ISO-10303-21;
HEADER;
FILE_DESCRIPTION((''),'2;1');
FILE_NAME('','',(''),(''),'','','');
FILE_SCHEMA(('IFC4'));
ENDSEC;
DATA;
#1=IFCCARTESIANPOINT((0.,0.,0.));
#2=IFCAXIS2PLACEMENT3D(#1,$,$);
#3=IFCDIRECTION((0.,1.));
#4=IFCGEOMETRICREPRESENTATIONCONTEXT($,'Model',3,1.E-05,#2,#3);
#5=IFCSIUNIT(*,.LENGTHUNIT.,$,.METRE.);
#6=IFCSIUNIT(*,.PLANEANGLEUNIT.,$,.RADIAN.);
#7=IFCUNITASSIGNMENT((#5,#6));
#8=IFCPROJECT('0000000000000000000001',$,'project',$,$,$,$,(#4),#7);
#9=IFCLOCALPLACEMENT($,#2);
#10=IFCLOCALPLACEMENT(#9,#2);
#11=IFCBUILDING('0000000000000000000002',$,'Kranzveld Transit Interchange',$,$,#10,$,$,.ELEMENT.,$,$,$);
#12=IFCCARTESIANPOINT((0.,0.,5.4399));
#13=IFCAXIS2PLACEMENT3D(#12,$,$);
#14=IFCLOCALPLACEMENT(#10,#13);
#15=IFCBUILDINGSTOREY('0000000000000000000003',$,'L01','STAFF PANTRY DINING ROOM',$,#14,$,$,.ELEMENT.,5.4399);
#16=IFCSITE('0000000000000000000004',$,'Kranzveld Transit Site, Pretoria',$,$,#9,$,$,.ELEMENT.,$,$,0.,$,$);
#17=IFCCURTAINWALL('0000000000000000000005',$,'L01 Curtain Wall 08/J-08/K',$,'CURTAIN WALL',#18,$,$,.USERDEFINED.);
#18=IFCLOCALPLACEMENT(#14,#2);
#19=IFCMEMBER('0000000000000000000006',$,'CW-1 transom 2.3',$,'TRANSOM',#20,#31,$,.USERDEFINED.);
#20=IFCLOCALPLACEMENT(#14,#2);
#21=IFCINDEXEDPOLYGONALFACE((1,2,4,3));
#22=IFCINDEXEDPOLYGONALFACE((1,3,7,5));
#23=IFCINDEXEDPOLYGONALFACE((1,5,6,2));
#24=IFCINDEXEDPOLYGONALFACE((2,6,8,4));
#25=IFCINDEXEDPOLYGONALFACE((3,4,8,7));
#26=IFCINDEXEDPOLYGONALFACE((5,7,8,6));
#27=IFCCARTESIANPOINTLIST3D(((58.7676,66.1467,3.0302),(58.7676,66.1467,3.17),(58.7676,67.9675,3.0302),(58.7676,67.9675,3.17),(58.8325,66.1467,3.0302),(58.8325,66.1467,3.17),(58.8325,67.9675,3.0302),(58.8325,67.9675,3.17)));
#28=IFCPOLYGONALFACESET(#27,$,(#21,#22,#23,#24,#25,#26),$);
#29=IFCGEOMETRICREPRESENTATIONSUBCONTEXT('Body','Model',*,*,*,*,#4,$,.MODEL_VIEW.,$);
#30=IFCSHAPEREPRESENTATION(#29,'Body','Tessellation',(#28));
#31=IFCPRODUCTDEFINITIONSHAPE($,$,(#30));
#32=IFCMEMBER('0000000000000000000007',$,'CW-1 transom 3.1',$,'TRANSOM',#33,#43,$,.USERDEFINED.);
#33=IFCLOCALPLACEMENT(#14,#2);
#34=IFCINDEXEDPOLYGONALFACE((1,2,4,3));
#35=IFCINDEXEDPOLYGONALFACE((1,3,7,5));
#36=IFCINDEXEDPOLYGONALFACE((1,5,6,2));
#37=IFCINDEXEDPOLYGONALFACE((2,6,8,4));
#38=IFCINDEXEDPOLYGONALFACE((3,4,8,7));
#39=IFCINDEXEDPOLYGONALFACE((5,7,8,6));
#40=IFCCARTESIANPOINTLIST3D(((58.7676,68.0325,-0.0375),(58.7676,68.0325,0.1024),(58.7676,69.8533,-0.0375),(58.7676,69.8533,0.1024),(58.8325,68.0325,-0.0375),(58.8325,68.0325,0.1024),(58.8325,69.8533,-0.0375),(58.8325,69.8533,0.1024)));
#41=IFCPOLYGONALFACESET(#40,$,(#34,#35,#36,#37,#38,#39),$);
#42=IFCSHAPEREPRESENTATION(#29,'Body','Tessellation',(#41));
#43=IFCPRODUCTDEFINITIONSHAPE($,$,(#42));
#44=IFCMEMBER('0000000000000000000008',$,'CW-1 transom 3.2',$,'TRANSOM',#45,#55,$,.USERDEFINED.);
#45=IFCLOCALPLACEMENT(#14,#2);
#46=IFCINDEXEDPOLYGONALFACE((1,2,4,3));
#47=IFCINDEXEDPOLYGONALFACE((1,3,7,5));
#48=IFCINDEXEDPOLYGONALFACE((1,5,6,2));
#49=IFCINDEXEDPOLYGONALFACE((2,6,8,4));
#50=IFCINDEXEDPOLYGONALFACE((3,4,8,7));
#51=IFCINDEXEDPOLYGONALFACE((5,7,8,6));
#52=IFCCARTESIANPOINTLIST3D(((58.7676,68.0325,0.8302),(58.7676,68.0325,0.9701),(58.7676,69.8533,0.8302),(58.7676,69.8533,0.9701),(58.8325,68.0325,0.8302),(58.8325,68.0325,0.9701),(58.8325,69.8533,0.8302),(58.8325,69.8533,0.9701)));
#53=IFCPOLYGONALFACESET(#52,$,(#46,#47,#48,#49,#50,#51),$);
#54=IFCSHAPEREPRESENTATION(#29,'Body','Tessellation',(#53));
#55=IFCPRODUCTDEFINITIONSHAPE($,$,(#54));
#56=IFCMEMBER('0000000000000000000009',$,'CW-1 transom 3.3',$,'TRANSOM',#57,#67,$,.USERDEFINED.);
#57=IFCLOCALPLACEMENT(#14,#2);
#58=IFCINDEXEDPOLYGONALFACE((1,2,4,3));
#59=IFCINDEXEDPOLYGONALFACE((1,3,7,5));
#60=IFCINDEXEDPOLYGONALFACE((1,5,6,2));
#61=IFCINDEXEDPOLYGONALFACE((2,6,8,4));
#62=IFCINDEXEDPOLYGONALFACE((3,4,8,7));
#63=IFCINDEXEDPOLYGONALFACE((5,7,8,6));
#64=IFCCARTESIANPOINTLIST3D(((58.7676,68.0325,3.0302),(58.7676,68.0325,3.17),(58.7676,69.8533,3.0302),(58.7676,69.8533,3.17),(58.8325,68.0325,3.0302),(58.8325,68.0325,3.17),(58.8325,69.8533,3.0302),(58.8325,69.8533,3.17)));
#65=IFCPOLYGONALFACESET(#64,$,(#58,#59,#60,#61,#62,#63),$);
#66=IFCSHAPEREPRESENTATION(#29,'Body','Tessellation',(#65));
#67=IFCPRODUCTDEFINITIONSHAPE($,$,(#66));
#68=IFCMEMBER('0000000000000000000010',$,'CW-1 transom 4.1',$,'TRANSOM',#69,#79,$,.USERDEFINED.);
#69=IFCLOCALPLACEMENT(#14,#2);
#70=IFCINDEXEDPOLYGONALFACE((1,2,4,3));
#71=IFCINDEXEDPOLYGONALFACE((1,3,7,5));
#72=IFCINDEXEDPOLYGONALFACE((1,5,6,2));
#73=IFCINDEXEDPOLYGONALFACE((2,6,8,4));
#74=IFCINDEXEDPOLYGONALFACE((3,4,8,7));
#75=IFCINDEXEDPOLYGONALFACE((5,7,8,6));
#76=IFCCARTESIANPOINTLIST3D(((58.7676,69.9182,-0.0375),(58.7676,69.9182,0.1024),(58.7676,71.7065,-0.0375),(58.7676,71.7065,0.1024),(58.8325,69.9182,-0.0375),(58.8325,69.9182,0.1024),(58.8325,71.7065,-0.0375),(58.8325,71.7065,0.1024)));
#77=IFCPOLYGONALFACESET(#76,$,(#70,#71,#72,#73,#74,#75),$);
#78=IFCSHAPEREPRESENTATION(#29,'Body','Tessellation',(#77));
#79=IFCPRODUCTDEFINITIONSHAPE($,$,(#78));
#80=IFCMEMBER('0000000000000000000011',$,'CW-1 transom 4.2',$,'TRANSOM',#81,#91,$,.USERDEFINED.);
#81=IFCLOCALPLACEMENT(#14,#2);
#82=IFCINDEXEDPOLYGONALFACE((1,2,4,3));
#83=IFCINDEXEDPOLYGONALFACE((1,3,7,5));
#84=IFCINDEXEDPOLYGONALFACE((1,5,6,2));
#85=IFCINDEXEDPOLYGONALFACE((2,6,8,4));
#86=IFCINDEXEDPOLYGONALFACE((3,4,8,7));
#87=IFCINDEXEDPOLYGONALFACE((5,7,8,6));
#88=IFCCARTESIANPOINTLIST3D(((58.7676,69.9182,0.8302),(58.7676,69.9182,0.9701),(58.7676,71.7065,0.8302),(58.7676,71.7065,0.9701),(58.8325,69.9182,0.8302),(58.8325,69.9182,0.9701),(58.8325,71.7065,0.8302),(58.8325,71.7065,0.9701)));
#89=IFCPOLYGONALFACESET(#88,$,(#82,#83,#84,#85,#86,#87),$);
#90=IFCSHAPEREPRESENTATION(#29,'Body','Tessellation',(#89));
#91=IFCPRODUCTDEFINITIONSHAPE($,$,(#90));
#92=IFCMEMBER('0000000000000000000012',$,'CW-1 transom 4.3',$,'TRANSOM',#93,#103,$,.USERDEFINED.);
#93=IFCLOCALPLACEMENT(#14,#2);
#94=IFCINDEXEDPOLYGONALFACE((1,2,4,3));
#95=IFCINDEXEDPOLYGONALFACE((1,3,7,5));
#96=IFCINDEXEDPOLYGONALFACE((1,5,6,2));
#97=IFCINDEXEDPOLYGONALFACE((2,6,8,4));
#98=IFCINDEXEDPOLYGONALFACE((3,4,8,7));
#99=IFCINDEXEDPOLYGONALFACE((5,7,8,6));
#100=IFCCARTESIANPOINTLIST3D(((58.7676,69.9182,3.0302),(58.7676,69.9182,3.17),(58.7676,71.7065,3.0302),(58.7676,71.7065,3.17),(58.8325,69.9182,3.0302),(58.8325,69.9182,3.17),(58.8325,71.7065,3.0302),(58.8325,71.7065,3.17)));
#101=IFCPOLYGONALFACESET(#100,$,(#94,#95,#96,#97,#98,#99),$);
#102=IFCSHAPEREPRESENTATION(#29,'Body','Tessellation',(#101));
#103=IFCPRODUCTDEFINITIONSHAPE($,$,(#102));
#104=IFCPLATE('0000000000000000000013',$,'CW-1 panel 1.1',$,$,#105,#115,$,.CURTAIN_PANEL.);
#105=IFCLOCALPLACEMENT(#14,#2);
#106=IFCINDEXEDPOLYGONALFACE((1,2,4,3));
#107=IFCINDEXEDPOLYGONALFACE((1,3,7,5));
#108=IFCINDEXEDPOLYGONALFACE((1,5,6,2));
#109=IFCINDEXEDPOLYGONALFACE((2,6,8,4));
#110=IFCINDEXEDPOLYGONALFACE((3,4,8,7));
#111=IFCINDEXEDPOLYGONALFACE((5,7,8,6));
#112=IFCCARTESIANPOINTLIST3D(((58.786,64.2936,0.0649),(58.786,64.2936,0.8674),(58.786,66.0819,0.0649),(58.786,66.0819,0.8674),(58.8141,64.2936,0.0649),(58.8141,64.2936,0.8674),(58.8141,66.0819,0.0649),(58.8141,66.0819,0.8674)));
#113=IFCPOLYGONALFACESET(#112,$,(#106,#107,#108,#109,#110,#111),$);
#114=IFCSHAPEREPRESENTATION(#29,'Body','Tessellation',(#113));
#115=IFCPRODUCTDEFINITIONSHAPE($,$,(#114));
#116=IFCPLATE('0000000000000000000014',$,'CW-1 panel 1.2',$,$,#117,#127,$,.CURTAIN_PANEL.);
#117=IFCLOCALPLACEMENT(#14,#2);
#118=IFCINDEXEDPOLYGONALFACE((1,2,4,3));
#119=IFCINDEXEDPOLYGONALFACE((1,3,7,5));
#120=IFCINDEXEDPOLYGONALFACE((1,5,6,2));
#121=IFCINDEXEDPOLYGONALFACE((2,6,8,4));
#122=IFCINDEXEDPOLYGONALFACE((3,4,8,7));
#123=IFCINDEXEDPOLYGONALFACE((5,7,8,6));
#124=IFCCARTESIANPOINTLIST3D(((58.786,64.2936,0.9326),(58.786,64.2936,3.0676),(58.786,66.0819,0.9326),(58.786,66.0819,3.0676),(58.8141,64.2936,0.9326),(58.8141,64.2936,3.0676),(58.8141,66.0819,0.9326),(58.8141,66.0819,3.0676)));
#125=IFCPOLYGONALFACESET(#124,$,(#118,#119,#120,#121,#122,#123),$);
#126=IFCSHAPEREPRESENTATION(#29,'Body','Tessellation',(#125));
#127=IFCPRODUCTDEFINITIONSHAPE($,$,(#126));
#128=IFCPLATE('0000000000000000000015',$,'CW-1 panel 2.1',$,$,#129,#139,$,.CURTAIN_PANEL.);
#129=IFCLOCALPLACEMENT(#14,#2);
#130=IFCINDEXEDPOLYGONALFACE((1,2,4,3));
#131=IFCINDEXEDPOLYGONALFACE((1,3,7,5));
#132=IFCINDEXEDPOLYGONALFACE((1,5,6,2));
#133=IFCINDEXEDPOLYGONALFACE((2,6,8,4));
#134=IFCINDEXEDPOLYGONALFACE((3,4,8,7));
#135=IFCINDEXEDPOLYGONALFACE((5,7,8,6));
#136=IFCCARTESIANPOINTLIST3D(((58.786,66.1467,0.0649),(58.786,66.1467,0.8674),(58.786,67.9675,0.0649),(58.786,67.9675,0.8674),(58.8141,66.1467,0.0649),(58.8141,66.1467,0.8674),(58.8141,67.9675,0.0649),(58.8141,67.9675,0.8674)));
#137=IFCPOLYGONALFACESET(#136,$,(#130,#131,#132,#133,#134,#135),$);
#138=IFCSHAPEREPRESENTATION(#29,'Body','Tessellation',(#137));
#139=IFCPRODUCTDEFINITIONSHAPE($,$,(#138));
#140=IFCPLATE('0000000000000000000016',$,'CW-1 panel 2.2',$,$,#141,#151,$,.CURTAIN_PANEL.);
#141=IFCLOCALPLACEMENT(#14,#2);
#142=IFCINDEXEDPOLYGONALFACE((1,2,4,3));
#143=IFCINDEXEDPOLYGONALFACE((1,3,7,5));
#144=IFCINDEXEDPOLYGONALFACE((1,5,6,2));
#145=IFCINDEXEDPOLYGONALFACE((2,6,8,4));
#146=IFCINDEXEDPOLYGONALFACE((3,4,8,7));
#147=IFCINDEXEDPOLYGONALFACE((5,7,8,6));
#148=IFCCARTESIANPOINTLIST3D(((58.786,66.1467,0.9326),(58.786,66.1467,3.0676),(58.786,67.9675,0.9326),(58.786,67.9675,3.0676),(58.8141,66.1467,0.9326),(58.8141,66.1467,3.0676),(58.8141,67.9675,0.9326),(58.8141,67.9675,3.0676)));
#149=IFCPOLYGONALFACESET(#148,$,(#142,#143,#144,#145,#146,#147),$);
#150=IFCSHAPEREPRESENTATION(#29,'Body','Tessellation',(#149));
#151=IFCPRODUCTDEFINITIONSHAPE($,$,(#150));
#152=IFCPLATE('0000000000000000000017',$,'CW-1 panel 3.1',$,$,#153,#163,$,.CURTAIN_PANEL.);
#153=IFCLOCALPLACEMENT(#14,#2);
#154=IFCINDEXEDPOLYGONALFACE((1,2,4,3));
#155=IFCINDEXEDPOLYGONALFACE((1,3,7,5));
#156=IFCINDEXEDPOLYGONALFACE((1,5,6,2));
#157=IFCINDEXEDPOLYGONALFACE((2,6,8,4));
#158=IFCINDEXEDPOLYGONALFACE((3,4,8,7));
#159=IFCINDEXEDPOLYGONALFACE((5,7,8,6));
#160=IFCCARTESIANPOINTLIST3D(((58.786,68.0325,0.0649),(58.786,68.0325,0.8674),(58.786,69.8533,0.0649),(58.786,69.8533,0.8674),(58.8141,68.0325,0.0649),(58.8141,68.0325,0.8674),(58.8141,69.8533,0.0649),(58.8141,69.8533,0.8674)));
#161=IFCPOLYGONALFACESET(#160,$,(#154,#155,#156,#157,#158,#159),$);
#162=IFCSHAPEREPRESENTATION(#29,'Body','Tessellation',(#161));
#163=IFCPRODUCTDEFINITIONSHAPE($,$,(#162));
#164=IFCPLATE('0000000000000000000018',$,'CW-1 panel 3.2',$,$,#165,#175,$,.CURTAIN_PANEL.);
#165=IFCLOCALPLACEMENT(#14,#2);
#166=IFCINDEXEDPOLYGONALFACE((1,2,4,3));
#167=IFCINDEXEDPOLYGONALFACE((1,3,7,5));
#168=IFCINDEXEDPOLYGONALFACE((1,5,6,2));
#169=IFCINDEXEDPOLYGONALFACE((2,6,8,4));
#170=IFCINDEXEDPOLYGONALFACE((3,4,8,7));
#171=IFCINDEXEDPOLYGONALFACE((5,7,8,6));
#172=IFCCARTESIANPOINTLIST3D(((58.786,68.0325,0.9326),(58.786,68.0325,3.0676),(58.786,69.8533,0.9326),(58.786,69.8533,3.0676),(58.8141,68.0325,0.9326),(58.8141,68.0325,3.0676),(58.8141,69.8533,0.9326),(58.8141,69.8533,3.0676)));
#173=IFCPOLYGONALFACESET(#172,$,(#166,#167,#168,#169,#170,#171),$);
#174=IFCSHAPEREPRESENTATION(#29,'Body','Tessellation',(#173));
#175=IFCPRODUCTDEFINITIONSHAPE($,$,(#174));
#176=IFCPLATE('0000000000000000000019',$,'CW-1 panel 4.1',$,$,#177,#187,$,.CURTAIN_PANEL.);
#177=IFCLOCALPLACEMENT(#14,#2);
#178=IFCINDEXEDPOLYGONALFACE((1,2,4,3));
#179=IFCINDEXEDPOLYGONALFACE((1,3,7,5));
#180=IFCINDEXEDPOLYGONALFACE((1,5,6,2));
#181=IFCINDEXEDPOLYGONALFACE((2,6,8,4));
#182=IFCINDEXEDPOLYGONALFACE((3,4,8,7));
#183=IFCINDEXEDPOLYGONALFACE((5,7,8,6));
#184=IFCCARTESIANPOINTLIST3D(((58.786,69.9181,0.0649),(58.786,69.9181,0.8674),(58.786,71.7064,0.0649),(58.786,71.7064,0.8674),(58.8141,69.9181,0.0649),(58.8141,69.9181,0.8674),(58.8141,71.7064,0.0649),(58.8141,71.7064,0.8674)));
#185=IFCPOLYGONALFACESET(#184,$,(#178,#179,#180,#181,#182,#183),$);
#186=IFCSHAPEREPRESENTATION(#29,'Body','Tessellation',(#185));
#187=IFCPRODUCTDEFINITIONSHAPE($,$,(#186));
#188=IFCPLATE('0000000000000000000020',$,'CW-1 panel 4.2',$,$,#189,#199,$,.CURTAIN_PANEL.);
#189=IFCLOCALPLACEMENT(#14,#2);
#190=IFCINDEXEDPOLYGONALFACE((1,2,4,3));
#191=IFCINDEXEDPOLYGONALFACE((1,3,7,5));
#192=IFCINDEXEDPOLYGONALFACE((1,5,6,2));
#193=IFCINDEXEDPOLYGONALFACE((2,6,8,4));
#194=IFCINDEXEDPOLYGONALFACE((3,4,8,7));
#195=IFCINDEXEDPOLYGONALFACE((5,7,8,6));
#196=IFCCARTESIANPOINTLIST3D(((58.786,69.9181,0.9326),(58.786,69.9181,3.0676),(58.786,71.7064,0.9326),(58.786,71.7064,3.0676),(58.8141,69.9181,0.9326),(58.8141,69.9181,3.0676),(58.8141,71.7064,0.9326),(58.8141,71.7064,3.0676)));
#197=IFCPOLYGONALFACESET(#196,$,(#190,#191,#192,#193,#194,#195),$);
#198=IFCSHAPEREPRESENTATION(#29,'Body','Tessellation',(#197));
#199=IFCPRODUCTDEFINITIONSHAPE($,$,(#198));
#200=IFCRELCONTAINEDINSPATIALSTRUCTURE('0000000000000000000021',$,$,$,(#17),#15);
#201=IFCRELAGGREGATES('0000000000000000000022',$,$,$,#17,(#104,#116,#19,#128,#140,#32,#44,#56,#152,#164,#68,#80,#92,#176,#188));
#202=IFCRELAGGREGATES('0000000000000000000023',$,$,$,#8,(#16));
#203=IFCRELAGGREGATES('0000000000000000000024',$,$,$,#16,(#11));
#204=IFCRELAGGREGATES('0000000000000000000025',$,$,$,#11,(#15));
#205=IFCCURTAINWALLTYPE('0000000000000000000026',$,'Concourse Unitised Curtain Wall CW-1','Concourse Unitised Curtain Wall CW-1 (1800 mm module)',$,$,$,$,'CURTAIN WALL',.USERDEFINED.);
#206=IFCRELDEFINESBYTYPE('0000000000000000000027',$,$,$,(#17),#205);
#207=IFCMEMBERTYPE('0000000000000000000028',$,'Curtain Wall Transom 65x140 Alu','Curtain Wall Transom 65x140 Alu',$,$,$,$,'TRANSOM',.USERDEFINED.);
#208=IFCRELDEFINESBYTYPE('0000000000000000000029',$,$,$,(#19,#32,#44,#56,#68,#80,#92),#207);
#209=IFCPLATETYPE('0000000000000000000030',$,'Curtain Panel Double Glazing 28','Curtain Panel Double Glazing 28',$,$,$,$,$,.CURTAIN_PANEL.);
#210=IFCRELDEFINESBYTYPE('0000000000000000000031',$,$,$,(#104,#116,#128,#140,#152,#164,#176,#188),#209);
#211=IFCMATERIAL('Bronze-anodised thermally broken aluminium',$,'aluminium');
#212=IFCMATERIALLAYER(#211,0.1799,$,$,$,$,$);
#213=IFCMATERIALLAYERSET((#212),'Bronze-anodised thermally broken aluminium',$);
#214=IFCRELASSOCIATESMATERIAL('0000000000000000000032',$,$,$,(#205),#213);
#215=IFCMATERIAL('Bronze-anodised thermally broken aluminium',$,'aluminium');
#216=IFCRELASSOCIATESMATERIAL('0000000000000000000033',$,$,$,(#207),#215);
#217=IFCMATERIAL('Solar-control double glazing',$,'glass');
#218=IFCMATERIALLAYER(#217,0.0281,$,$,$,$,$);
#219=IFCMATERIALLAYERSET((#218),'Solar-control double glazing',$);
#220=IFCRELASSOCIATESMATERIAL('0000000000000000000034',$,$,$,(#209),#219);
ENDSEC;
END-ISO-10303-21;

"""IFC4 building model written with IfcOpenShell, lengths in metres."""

from ifc_helpers import new_model, si_unit, direction, frame, origin, origin_2d, place, context, subcontext, project, spatial, rectangle, extrude, material, layer, layer_set, material_profile, profile_set, type_object, element, aggregate, save


model = new_model("IFC4")

# Units and contexts
model_context = context("Model", 3, precision=1e-05, world=origin(), true_north=direction((0.0, 1.0)))
body_context = subcontext(model_context, "Body", "Model", "MODEL_VIEW")
ifc_project = project(units=[si_unit("LENGTHUNIT", "METRE"), si_unit("PLANEANGLEUNIT", "RADIAN")], contexts=[model_context])

# Site, building, storey
site_placement = place(None, origin())
site = spatial("IfcSite", under=ifc_project, at=site_placement, Name="Kranzveld Transit Site, Pretoria", CompositionType="ELEMENT", RefElevation=0.0)
building_placement = place(site_placement, origin())
building = spatial("IfcBuilding", under=site, at=building_placement, Name="Kranzveld Transit Interchange", CompositionType="ELEMENT")
storey_placement = place(building_placement, frame((0.0, 0.0, 5.4399)))
storey = spatial("IfcBuildingStorey", under=building, at=storey_placement, Name="L01", Description="STAFF PANTRY DINING ROOM", CompositionType="ELEMENT", Elevation=5.4399)

# Curtain wall, members, plates
ifc_material_1 = material(Name="Bronze-anodised thermally broken aluminium", Category="aluminium")
ifc_layer_1 = layer(ifc_material_1, 0.1799)
ifc_layer_set_1 = layer_set([ifc_layer_1], Name="Bronze-anodised thermally broken aluminium")
curtain_wall_type = type_object("IfcCurtainWallType", Name="Concourse Unitised Curtain Wall CW-1", Description="Concourse Unitised Curtain Wall CW-1 (1800 mm module)", ElementType="CURTAIN WALL", PredefinedType="USERDEFINED", material=ifc_layer_set_1)
curtain_wall_placement = place(storey_placement, origin())
curtain_wall = element("IfcCurtainWall", 1, at=curtain_wall_placement, inside=storey, type_object=curtain_wall_type, Name="L01 Curtain Wall 08/J-08/K", ObjectType="CURTAIN WALL", PredefinedType="USERDEFINED")
ifc_material_2 = material(Name="Bronze-anodised thermally broken aluminium", Category="aluminium")
ifc_material_profile_1 = material_profile(ifc_material_2, rectangle(XDim=0.0649, YDim=0.1399, at=origin_2d()), Name="ALU TRANSOM 65x140")
ifc_profile_set_1 = profile_set([ifc_material_profile_1], Name="Bronze-anodised thermally broken aluminium")
member_type_1 = type_object("IfcMemberType", Name="Curtain Wall Transom 65x140 Alu", Description="Curtain Wall Transom 65x140 Alu", ElementType="TRANSOM", PredefinedType="USERDEFINED", material=ifc_profile_set_1)
member_1_placement = place(storey_placement, frame((58.8, 66.1467, 3.1001), z_axis=(0.0, 1.0, 0.0), x_axis=(-1.0, 0.0, 0.0)))
member_1 = element("IfcMember", 2, at=member_1_placement, type_object=member_type_1, Name="CW-1 transom 2.3", ObjectType="TRANSOM", PredefinedType="USERDEFINED", context=body_context, shape_type="SweptSolid", body=[
    extrude(rectangle(XDim=0.0649, YDim=0.1399, at=origin_2d()), origin(), (0.0, 0.0, 1.0), 1.8208),
])
member_2_placement = place(storey_placement, frame((58.8, 68.0325, 0.0325), z_axis=(0.0, 1.0, 0.0), x_axis=(-1.0, 0.0, 0.0)))
member_2 = element("IfcMember", 3, at=member_2_placement, type_object=member_type_1, Name="CW-1 transom 3.1", ObjectType="TRANSOM", PredefinedType="USERDEFINED", context=body_context, shape_type="SweptSolid", body=[
    extrude(rectangle(XDim=0.0649, YDim=0.1399, at=origin_2d()), origin(), (0.0, 0.0, 1.0), 1.8208),
])
member_3_placement = place(storey_placement, frame((58.8, 68.0325, 0.9001), z_axis=(0.0, 1.0, 0.0), x_axis=(-1.0, 0.0, 0.0)))
member_3 = element("IfcMember", 4, at=member_3_placement, type_object=member_type_1, Name="CW-1 transom 3.2", ObjectType="TRANSOM", PredefinedType="USERDEFINED", context=body_context, shape_type="SweptSolid", body=[
    extrude(rectangle(XDim=0.0649, YDim=0.1399, at=origin_2d()), origin(), (0.0, 0.0, 1.0), 1.8208),
])
member_4_placement = place(storey_placement, frame((58.8, 68.0325, 3.1001), z_axis=(0.0, 1.0, 0.0), x_axis=(-1.0, 0.0, 0.0)))
member_4 = element("IfcMember", 5, at=member_4_placement, type_object=member_type_1, Name="CW-1 transom 3.3", ObjectType="TRANSOM", PredefinedType="USERDEFINED", context=body_context, shape_type="SweptSolid", body=[
    extrude(rectangle(XDim=0.0649, YDim=0.1399, at=origin_2d()), origin(), (0.0, 0.0, 1.0), 1.8208),
])
member_5_placement = place(storey_placement, frame((58.8, 69.9182, 0.0325), z_axis=(0.0, 1.0, 0.0), x_axis=(-1.0, 0.0, 0.0)))
member_5 = element("IfcMember", 6, at=member_5_placement, type_object=member_type_1, Name="CW-1 transom 4.1", ObjectType="TRANSOM", PredefinedType="USERDEFINED", context=body_context, shape_type="SweptSolid", body=[
    extrude(rectangle(XDim=0.0649, YDim=0.1399, at=origin_2d()), origin(), (0.0, 0.0, 1.0), 1.7883),
])
member_6_placement = place(storey_placement, frame((58.8, 69.9182, 0.9001), z_axis=(0.0, 1.0, 0.0), x_axis=(-1.0, 0.0, 0.0)))
member_6 = element("IfcMember", 7, at=member_6_placement, type_object=member_type_1, Name="CW-1 transom 4.2", ObjectType="TRANSOM", PredefinedType="USERDEFINED", context=body_context, shape_type="SweptSolid", body=[
    extrude(rectangle(XDim=0.0649, YDim=0.1399, at=origin_2d()), origin(), (0.0, 0.0, 1.0), 1.7883),
])
member_7_placement = place(storey_placement, frame((58.8, 69.9182, 3.1001), z_axis=(0.0, 1.0, 0.0), x_axis=(-1.0, 0.0, 0.0)))
member_7 = element("IfcMember", 8, at=member_7_placement, type_object=member_type_1, Name="CW-1 transom 4.3", ObjectType="TRANSOM", PredefinedType="USERDEFINED", context=body_context, shape_type="SweptSolid", body=[
    extrude(rectangle(XDim=0.0649, YDim=0.1399, at=origin_2d()), origin(), (0.0, 0.0, 1.0), 1.7883),
])
ifc_material_3 = material(Name="Solar-control double glazing", Category="glass")
ifc_layer_2 = layer(ifc_material_3, 0.0281)
ifc_layer_set_2 = layer_set([ifc_layer_2], Name="Solar-control double glazing")
plate_type = type_object("IfcPlateType", Name="Curtain Panel Double Glazing 28", Description="Curtain Panel Double Glazing 28", PredefinedType="CURTAIN_PANEL", material=ifc_layer_set_2)
plate_1_placement = place(storey_placement, frame((58.8, 65.1877, 0.0649), z_axis=(0.0, 0.0, 1.0), x_axis=(0.0, 1.0, 0.0)))
plate_1 = element("IfcPlate", 9, at=plate_1_placement, type_object=plate_type, Name="CW-1 panel 1.1", PredefinedType="CURTAIN_PANEL", context=body_context, shape_type="SweptSolid", body=[
    extrude(rectangle(XDim=1.7883, YDim=0.0281, at=origin_2d()), origin(), (0.0, 0.0, 1.0), 0.8025),
])
plate_2_placement = place(storey_placement, frame((58.8, 65.1877, 0.9326), z_axis=(0.0, 0.0, 1.0), x_axis=(0.0, 1.0, 0.0)))
plate_2 = element("IfcPlate", 10, at=plate_2_placement, type_object=plate_type, Name="CW-1 panel 1.2", PredefinedType="CURTAIN_PANEL", context=body_context, shape_type="SweptSolid", body=[
    extrude(rectangle(XDim=1.7883, YDim=0.0281, at=origin_2d()), origin(), (0.0, 0.0, 1.0), 2.135),
])
plate_3_placement = place(storey_placement, frame((58.8, 67.0571, 0.0649), z_axis=(0.0, 0.0, 1.0), x_axis=(0.0, 1.0, 0.0)))
plate_3 = element("IfcPlate", 11, at=plate_3_placement, type_object=plate_type, Name="CW-1 panel 2.1", PredefinedType="CURTAIN_PANEL", context=body_context, shape_type="SweptSolid", body=[
    extrude(rectangle(XDim=1.8208, YDim=0.0281, at=origin_2d()), origin(), (0.0, 0.0, 1.0), 0.8025),
])
plate_4_placement = place(storey_placement, frame((58.8, 67.0571, 0.9326), z_axis=(0.0, 0.0, 1.0), x_axis=(0.0, 1.0, 0.0)))
plate_4 = element("IfcPlate", 12, at=plate_4_placement, type_object=plate_type, Name="CW-1 panel 2.2", PredefinedType="CURTAIN_PANEL", context=body_context, shape_type="SweptSolid", body=[
    extrude(rectangle(XDim=1.8208, YDim=0.0281, at=origin_2d()), origin(), (0.0, 0.0, 1.0), 2.135),
])
plate_5_placement = place(storey_placement, frame((58.8, 68.9429, 0.0649), z_axis=(0.0, 0.0, 1.0), x_axis=(0.0, 1.0, 0.0)))
plate_5 = element("IfcPlate", 13, at=plate_5_placement, type_object=plate_type, Name="CW-1 panel 3.1", PredefinedType="CURTAIN_PANEL", context=body_context, shape_type="SweptSolid", body=[
    extrude(rectangle(XDim=1.8208, YDim=0.0281, at=origin_2d()), origin(), (0.0, 0.0, 1.0), 0.8025),
])
plate_6_placement = place(storey_placement, frame((58.8, 68.9429, 0.9326), z_axis=(0.0, 0.0, 1.0), x_axis=(0.0, 1.0, 0.0)))
plate_6 = element("IfcPlate", 14, at=plate_6_placement, type_object=plate_type, Name="CW-1 panel 3.2", PredefinedType="CURTAIN_PANEL", context=body_context, shape_type="SweptSolid", body=[
    extrude(rectangle(XDim=1.8208, YDim=0.0281, at=origin_2d()), origin(), (0.0, 0.0, 1.0), 2.135),
])
plate_7_placement = place(storey_placement, frame((58.8, 70.8123, 0.0649), z_axis=(0.0, 0.0, 1.0), x_axis=(0.0, 1.0, 0.0)))
plate_7 = element("IfcPlate", 15, at=plate_7_placement, type_object=plate_type, Name="CW-1 panel 4.1", PredefinedType="CURTAIN_PANEL", context=body_context, shape_type="SweptSolid", body=[
    extrude(rectangle(XDim=1.7883, YDim=0.0281, at=origin_2d()), origin(), (0.0, 0.0, 1.0), 0.8025),
])
plate_8_placement = place(storey_placement, frame((58.8, 70.8123, 0.9326), z_axis=(0.0, 0.0, 1.0), x_axis=(0.0, 1.0, 0.0)))
plate_8 = element("IfcPlate", 16, at=plate_8_placement, type_object=plate_type, Name="CW-1 panel 4.2", PredefinedType="CURTAIN_PANEL", context=body_context, shape_type="SweptSolid", body=[
    extrude(rectangle(XDim=1.7883, YDim=0.0281, at=origin_2d()), origin(), (0.0, 0.0, 1.0), 2.135),
])
aggregate(curtain_wall, [plate_1, plate_2, member_1, plate_3, plate_4, member_2, member_3, member_4, plate_5, plate_6, member_5, member_6, member_7, plate_7, plate_8])

save(model, "model.ifc")
